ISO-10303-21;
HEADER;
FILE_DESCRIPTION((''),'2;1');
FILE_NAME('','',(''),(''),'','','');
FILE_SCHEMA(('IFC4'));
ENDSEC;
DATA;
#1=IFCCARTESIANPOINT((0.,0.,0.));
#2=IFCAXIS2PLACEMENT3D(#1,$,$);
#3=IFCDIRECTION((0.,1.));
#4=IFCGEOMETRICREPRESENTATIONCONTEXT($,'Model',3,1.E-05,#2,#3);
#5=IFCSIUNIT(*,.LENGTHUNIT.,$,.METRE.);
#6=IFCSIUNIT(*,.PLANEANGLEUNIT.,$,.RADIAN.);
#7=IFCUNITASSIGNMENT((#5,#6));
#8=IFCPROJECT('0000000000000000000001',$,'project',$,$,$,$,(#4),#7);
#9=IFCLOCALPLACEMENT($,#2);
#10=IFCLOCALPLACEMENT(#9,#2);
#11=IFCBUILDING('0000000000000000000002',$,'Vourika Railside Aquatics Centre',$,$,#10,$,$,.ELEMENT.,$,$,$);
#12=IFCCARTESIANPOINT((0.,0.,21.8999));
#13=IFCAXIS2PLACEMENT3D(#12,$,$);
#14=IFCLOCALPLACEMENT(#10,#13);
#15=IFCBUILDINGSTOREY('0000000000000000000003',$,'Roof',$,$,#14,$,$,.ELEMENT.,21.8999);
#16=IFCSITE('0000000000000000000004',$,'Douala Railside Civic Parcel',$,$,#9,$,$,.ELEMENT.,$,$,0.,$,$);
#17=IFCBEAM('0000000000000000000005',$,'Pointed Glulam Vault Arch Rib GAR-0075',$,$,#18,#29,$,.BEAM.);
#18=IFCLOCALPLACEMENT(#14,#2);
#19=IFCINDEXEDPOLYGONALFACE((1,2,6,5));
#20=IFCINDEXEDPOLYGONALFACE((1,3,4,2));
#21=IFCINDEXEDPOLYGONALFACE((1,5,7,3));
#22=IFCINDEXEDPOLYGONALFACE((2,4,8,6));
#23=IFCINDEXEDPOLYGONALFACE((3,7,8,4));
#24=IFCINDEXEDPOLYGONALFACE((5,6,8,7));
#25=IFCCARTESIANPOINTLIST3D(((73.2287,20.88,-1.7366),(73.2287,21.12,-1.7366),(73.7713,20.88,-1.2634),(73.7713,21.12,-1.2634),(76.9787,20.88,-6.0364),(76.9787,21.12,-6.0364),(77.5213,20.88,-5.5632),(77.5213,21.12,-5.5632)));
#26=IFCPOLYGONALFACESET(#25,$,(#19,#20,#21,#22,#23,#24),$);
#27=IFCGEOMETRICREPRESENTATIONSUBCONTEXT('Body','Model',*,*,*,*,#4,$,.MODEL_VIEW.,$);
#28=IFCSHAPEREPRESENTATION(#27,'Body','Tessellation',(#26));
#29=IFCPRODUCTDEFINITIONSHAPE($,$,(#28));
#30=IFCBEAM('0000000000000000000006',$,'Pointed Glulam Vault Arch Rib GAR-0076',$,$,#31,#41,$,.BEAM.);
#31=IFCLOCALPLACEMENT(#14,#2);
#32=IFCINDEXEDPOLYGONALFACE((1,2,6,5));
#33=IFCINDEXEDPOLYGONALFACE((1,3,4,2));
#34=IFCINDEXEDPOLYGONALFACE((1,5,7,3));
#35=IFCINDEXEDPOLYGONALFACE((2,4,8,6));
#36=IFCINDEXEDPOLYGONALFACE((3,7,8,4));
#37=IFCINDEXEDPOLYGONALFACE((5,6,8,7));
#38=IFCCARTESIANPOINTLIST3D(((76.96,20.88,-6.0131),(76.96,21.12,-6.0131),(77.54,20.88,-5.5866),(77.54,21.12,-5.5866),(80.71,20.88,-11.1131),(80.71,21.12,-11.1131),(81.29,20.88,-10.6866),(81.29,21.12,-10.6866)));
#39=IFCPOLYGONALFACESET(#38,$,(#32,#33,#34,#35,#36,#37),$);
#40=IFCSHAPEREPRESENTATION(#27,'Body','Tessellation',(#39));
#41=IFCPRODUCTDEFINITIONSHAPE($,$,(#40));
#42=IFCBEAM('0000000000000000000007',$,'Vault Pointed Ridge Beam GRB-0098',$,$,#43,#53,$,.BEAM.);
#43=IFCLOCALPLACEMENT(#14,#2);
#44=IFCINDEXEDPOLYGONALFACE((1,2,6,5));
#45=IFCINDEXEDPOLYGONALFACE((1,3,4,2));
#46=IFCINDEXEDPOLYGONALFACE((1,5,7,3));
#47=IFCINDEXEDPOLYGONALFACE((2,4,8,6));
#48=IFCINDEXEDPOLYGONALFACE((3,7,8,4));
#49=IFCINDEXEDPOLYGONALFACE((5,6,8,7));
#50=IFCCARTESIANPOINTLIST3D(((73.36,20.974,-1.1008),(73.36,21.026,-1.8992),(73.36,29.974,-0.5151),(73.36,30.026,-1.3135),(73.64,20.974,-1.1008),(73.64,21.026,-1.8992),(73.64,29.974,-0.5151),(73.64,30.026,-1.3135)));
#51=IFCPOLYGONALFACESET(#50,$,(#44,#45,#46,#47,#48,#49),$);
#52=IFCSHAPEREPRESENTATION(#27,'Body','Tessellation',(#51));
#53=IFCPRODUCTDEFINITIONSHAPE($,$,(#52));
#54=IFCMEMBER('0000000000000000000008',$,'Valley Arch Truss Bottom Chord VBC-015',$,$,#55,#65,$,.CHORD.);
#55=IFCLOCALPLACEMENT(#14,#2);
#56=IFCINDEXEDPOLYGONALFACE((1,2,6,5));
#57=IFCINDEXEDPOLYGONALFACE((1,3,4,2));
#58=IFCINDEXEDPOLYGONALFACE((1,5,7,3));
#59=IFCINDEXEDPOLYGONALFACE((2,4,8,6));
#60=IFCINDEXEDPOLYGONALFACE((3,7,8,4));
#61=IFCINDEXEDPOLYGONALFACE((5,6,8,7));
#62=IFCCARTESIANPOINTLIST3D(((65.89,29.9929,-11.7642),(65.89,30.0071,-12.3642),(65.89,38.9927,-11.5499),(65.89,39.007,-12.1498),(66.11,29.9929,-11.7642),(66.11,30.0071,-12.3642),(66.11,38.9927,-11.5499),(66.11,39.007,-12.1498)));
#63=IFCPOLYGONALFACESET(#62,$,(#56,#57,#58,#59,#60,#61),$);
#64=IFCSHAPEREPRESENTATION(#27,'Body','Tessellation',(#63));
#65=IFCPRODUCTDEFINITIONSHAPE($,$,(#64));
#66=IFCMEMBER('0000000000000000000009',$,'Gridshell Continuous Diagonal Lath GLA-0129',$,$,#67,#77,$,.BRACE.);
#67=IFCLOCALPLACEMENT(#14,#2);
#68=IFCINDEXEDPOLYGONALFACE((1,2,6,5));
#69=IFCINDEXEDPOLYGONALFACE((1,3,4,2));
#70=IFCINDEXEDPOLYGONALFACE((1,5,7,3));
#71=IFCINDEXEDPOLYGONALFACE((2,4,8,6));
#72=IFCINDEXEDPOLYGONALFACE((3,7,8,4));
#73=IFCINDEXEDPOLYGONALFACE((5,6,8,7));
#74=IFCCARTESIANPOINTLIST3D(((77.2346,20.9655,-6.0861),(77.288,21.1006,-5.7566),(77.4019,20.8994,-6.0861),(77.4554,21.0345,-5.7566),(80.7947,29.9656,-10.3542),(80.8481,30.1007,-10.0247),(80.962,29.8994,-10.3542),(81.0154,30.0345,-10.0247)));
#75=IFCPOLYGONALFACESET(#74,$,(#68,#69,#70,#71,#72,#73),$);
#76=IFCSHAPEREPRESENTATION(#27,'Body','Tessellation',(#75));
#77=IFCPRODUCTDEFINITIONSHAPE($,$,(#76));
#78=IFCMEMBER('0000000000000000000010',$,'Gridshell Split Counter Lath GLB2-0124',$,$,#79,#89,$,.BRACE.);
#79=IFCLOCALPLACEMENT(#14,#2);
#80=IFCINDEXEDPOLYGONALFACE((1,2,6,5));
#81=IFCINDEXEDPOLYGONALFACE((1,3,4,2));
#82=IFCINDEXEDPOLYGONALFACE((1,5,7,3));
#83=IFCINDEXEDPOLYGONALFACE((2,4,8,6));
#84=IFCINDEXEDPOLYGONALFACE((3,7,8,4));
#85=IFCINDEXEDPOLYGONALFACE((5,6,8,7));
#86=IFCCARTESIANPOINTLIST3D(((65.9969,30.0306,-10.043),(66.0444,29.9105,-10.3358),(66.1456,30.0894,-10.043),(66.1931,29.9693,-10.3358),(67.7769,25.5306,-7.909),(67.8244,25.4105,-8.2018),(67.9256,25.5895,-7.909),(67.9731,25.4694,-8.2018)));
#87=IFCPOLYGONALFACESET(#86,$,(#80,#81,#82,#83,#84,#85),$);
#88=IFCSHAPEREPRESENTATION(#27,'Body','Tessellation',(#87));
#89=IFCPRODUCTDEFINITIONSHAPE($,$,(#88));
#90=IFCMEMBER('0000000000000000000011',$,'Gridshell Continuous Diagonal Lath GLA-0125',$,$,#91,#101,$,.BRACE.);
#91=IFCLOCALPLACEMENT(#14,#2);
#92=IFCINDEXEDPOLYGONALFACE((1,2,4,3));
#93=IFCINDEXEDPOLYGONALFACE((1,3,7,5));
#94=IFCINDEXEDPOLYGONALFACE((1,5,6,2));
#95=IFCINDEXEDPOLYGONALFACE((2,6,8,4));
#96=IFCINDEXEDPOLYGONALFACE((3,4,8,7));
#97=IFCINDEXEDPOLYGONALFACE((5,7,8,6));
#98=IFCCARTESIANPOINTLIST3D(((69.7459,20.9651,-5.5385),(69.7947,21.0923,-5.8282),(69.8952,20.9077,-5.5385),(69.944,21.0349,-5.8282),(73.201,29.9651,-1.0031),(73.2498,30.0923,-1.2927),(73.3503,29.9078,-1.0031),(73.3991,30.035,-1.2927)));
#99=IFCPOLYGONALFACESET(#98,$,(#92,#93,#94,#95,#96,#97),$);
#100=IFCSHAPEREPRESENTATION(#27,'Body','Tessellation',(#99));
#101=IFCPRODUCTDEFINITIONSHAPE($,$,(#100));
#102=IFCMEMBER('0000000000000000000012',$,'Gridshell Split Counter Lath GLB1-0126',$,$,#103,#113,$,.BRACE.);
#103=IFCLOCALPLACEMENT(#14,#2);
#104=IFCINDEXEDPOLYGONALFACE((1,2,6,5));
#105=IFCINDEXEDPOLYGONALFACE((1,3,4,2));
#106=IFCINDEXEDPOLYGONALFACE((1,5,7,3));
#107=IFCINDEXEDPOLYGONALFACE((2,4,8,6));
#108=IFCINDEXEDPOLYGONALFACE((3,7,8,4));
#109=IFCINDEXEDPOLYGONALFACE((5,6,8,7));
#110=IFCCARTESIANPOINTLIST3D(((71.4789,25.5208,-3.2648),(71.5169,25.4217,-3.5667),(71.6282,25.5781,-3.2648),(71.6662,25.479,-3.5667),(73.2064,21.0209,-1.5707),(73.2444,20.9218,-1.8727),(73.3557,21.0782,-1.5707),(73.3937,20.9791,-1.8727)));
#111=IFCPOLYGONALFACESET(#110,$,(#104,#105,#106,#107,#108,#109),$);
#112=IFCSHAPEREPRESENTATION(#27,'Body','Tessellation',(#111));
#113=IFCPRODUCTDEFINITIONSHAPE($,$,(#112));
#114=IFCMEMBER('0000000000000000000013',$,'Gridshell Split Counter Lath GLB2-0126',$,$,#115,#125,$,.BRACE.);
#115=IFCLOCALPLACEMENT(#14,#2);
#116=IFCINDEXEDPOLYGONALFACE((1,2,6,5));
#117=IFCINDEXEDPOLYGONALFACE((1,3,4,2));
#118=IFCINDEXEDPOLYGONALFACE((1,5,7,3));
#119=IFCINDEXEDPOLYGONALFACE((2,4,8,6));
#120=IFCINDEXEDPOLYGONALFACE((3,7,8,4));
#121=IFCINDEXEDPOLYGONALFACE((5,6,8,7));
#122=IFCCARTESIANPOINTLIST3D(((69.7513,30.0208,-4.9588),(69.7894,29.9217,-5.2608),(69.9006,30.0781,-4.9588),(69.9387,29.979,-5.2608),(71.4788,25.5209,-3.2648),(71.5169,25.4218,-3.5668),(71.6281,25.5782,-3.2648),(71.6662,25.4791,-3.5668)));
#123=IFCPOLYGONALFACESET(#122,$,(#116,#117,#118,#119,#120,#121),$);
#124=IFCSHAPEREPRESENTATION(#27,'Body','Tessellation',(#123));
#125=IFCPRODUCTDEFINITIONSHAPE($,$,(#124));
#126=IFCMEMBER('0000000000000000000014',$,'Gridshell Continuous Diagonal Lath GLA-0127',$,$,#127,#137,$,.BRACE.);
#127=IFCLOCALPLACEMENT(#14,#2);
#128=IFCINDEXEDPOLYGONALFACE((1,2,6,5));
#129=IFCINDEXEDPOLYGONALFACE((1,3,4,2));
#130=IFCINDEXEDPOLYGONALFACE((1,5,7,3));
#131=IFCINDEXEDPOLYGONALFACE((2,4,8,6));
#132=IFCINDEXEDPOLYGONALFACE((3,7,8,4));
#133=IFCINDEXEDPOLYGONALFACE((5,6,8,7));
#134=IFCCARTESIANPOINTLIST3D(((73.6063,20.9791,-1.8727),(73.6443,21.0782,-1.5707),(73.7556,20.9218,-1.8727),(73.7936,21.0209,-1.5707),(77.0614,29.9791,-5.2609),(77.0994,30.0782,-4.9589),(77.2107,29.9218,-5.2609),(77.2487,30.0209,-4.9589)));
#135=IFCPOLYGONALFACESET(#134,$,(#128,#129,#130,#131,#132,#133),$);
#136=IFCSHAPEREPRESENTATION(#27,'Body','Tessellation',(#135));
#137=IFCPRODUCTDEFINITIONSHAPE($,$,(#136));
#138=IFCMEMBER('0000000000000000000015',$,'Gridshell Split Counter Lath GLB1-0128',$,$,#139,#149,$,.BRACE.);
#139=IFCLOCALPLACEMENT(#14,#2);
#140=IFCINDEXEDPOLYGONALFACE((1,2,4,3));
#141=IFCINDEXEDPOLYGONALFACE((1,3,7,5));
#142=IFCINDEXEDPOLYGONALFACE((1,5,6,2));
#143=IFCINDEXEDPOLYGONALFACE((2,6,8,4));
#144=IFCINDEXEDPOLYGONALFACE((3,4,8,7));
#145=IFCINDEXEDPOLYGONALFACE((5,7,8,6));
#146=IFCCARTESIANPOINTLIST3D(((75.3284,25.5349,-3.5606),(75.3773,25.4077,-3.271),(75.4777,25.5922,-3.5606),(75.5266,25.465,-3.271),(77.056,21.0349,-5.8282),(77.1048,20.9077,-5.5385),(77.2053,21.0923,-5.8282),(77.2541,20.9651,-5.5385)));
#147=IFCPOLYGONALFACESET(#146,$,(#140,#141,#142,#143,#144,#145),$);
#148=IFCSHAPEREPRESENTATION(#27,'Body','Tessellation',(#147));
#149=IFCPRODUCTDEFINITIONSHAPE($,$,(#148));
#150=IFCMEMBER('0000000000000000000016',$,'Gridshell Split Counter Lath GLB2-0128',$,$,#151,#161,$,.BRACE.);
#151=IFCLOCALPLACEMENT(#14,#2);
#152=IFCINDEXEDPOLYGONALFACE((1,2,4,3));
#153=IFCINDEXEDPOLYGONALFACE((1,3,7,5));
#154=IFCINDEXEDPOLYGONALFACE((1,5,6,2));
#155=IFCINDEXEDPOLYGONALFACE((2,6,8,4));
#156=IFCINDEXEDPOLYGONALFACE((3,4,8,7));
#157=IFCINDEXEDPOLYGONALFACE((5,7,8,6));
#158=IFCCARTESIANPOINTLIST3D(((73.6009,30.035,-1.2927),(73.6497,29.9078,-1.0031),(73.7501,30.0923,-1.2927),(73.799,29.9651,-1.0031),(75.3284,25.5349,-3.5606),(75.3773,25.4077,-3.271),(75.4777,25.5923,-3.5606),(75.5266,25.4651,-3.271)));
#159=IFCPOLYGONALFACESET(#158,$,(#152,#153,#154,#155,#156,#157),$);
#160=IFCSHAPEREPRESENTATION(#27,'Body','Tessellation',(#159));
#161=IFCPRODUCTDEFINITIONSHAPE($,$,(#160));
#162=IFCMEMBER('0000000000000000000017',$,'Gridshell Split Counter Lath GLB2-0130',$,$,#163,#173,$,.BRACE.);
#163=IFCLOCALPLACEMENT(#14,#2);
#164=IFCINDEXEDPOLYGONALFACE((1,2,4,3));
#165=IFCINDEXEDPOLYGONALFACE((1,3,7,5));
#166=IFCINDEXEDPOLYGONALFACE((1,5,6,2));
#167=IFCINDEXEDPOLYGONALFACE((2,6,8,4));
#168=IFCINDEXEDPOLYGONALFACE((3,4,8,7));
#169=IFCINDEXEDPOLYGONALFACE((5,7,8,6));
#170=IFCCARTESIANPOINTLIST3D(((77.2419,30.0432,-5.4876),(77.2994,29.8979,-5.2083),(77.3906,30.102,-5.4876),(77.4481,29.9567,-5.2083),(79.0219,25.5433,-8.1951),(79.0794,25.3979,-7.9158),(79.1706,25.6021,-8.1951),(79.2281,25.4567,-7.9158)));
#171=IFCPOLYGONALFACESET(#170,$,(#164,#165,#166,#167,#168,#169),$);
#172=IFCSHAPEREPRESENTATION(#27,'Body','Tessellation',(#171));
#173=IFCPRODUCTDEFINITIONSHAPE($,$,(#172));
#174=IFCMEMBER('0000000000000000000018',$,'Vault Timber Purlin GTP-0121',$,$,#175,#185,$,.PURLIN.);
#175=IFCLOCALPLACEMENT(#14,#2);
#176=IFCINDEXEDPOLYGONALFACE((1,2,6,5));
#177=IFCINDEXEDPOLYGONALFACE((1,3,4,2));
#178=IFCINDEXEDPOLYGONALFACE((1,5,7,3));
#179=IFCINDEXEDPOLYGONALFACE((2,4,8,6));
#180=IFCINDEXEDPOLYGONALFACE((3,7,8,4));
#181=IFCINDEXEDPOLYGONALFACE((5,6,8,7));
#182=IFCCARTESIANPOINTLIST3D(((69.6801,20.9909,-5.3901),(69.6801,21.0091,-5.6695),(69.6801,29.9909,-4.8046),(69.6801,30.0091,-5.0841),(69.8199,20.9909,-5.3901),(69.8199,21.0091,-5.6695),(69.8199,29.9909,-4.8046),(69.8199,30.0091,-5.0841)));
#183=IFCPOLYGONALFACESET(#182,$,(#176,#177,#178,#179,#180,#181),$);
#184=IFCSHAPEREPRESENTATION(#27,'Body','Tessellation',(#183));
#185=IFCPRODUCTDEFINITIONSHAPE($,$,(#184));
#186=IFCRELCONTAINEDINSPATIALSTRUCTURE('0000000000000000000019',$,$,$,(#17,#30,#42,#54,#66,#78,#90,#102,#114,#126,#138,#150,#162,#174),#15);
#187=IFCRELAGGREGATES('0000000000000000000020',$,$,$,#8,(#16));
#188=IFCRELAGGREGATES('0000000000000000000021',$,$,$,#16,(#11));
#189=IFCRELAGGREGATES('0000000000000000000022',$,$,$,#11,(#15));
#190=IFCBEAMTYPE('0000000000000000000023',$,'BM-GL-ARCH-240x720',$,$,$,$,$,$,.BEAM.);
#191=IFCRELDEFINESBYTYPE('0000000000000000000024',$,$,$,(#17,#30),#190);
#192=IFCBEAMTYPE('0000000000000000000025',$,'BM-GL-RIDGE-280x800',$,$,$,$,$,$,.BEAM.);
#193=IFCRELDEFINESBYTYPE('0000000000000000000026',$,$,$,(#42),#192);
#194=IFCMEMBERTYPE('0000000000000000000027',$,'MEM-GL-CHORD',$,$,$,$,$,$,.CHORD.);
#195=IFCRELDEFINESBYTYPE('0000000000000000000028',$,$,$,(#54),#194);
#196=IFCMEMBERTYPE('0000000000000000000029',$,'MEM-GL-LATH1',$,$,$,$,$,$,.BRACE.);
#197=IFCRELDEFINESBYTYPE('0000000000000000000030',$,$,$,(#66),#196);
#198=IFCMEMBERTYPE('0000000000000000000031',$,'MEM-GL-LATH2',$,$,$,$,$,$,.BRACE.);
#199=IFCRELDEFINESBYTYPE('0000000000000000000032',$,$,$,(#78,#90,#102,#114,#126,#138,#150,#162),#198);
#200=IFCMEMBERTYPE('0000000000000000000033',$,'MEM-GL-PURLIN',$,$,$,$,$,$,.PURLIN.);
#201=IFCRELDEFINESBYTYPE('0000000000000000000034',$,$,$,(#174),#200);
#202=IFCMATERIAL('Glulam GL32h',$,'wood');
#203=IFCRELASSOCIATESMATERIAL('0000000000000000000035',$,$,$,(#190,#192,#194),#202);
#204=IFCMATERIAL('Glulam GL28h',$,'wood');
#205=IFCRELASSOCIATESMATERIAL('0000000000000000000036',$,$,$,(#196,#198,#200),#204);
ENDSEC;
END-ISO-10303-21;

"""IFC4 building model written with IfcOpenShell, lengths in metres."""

from ifc_helpers import new_model, si_unit, direction, frame, origin, origin_2d, place, context, subcontext, project, spatial, rectangle, extrude, material, material_profile, profile_set, type_object, element, save


model = new_model("IFC4")

# Units and contexts
model_context = context("Model", 3, precision=1e-05, world=origin(), true_north=direction((0.0, 1.0)))
body_context = subcontext(model_context, "Body", "Model", "MODEL_VIEW")
ifc_project = project(units=[si_unit("LENGTHUNIT", "METRE"), si_unit("PLANEANGLEUNIT", "RADIAN")], contexts=[model_context])

# Site, building, storey
site_placement = place(None, origin())
site = spatial("IfcSite", under=ifc_project, at=site_placement, Name="Douala Railside Civic Parcel", CompositionType="ELEMENT", RefElevation=0.0)
building_placement = place(site_placement, origin())
building = spatial("IfcBuilding", under=site, at=building_placement, Name="Vourika Railside Aquatics Centre", CompositionType="ELEMENT")
storey_placement = place(building_placement, frame((0.0, 0.0, 21.8999)))
storey = spatial("IfcBuildingStorey", under=building, at=storey_placement, Name="Roof", CompositionType="ELEMENT", Elevation=21.8999)

# Beams
ifc_material_1 = material(Name="Glulam GL32h", Category="wood")
ifc_material_profile_1 = material_profile(ifc_material_1, rectangle(XDim=0.24, YDim=0.72, at=origin_2d()), Name="GL32h 240x720")
ifc_profile_set_1 = profile_set([ifc_material_profile_1], Name="Glulam GL32h")
beam_type_1 = type_object("IfcBeamType", Name="BM-GL-ARCH-240x720", PredefinedType="BEAM", material=ifc_profile_set_1)
beam_1_placement = place(storey_placement, frame((73.5, 21.0, -1.5), z_axis=(0.65728, 0.0, -0.753647), x_axis=(0.0, 1.0, 0.0)))
element("IfcBeam", 1, at=beam_1_placement, inside=storey, type_object=beam_type_1, Name="Pointed Glulam Vault Arch Rib GAR-0075", PredefinedType="BEAM", context=body_context, shape_type="SweptSolid", body=[
    extrude(rectangle(XDim=0.24, YDim=0.72, at=origin_2d()), origin(), (0.0, 0.0, 1.0), 5.7053),
])
beam_2_placement = place(storey_placement, frame((77.25, 21.0, -5.7998), z_axis=(0.592383, 0.0, -0.805656), x_axis=(0.0, 1.0, 0.0)))
element("IfcBeam", 2, at=beam_2_placement, inside=storey, type_object=beam_type_1, Name="Pointed Glulam Vault Arch Rib GAR-0076", PredefinedType="BEAM", context=body_context, shape_type="SweptSolid", body=[
    extrude(rectangle(XDim=0.24, YDim=0.72, at=origin_2d()), origin(), (0.0, 0.0, 1.0), 6.3303),
])
ifc_material_profile_2 = material_profile(ifc_material_1, rectangle(XDim=0.28, YDim=0.8, at=origin_2d()), Name="GL32h 280x800")
ifc_profile_set_2 = profile_set([ifc_material_profile_2], Name="Glulam GL32h")
beam_type_2 = type_object("IfcBeamType", Name="BM-GL-RIDGE-280x800", PredefinedType="BEAM", material=ifc_profile_set_2)
beam_3_placement = place(storey_placement, frame((73.5, 21.0, -1.5), z_axis=(0.0, 0.997889, 0.06494), x_axis=(-1.0, 0.0, 0.0)))
element("IfcBeam", 3, at=beam_3_placement, inside=storey, type_object=beam_type_2, Name="Vault Pointed Ridge Beam GRB-0098", PredefinedType="BEAM", context=body_context, shape_type="SweptSolid", body=[
    extrude(rectangle(XDim=0.28, YDim=0.8, at=origin_2d()), origin(), (0.0, 0.0, 1.0), 9.019),
])

# Members
ifc_material_profile_3 = material_profile(ifc_material_1, rectangle(XDim=0.22, YDim=0.6001, at=origin_2d()), Name="GL32h 220x600")
ifc_profile_set_3 = profile_set([ifc_material_profile_3], Name="Glulam GL32h")
member_type_1 = type_object("IfcMemberType", Name="MEM-GL-CHORD", PredefinedType="CHORD", material=ifc_profile_set_3)
member_1_placement = place(storey_placement, frame((66.0, 30.0, -12.0642), z_axis=(0.0, 0.999716, 0.023811), x_axis=(-1.0, 0.0, 0.0)))
element("IfcMember", 4, at=member_1_placement, inside=storey, type_object=member_type_1, Name="Valley Arch Truss Bottom Chord VBC-015", PredefinedType="CHORD", context=body_context, shape_type="SweptSolid", body=[
    extrude(rectangle(XDim=0.22, YDim=0.6001, at=origin_2d()), origin(), (0.0, 0.0, 1.0), 9.0024),
])
ifc_material_2 = material(Name="Glulam GL28h", Category="wood")
ifc_material_profile_4 = material_profile(ifc_material_2, rectangle(XDim=0.1799, YDim=0.3601, at=origin_2d()), Name="GL28h 180x360")
ifc_profile_set_4 = profile_set([ifc_material_profile_4], Name="Glulam GL28h")
member_type_2 = type_object("IfcMemberType", Name="MEM-GL-LATH1", PredefinedType="BRACE", material=ifc_profile_set_4)
member_2_placement = place(storey_placement, frame((77.345, 21.0, -5.9214), z_axis=(0.336559, 0.850836, -0.403492), x_axis=(-0.929893, 0.36783, 0.0)))
element("IfcMember", 5, at=member_2_placement, inside=storey, type_object=member_type_2, Name="Gridshell Continuous Diagonal Lath GLA-0129", PredefinedType="BRACE", context=body_context, shape_type="SweptSolid", body=[
    extrude(rectangle(XDim=0.1799, YDim=0.3601, at=origin_2d()), origin(), (0.0, 0.0, 1.0), 10.5779),
])
ifc_material_profile_5 = material_profile(ifc_material_2, rectangle(XDim=0.1599, YDim=0.3201, at=origin_2d()), Name="GL28h 160x320")
ifc_profile_set_5 = profile_set([ifc_material_profile_5], Name="Glulam GL28h")
member_type_3 = type_object("IfcMemberType", Name="MEM-GL-LATH2", PredefinedType="BRACE", material=ifc_profile_set_5)
member_3_placement = place(storey_placement, frame((67.875, 25.5, -8.0554), z_axis=(-0.336559, 0.850836, -0.403492), x_axis=(-0.929893, -0.36783, 0.0)))
element("IfcMember", 6, at=member_3_placement, inside=storey, type_object=member_type_3, Name="Gridshell Split Counter Lath GLB2-0124", PredefinedType="BRACE", context=body_context, shape_type="SweptSolid", body=[
    extrude(rectangle(XDim=0.1599, YDim=0.3201, at=origin_2d()), origin(), (0.0, 0.0, 1.0), 5.2888),
])
member_4_placement = place(storey_placement, frame((69.845, 21.0, -5.6833), z_axis=(0.324299, 0.844754, 0.4257), x_axis=(-0.93357, 0.358395, 0.0)))
element("IfcMember", 7, at=member_4_placement, inside=storey, type_object=member_type_3, Name="Gridshell Continuous Diagonal Lath GLA-0125", PredefinedType="BRACE", context=body_context, shape_type="SweptSolid", body=[
    extrude(rectangle(XDim=0.1599, YDim=0.3201, at=origin_2d()), origin(), (0.0, 0.0, 1.0), 10.6541),
])
for number, where, z_axis, x_axis, name in (
    (8, (73.3, 21.0, -1.7217), (-0.338121, 0.880757, -0.331574), (-0.93357, -0.358395, 0.0), "Gridshell Split Counter Lath GLB1-0126"),
    (9, (71.5725, 25.5, -3.4158), (-0.338121, 0.880757, -0.331574), (-0.93357, -0.358395, 0.0), "Gridshell Split Counter Lath GLB2-0126"),
):
    element("IfcMember", number, at=place(storey_placement, frame(where, z_axis=z_axis, x_axis=x_axis)), inside=storey, type_object=member_type_3, Name=name, PredefinedType="BRACE", context=body_context, shape_type="SweptSolid", body=[
        extrude(rectangle(XDim=0.1599, YDim=0.3201, at=origin_2d()), origin(), (0.0, 0.0, 1.0), 5.1091),
    ])
member_5_placement = place(storey_placement, frame((73.7, 21.0, -1.7217), z_axis=(0.338121, 0.880757, -0.331574), x_axis=(-0.93357, 0.358395, 0.0)))
element("IfcMember", 10, at=member_5_placement, inside=storey, type_object=member_type_3, Name="Gridshell Continuous Diagonal Lath GLA-0127", PredefinedType="BRACE", context=body_context, shape_type="SweptSolid", body=[
    extrude(rectangle(XDim=0.1599, YDim=0.3201, at=origin_2d()), origin(), (0.0, 0.0, 1.0), 10.2185),
])
member_6_placement = place(storey_placement, frame((77.155, 21.0, -5.6833), z_axis=(-0.324302, 0.844762, 0.425681), x_axis=(-0.93357, -0.358395, 0.0)))
element("IfcMember", 11, at=member_6_placement, inside=storey, type_object=member_type_3, Name="Gridshell Split Counter Lath GLB1-0128", PredefinedType="BRACE", context=body_context, shape_type="SweptSolid", body=[
    extrude(rectangle(XDim=0.1599, YDim=0.3201, at=origin_2d()), origin(), (0.0, 0.0, 1.0), 5.3269),
])
member_7_placement = place(storey_placement, frame((75.4275, 25.5, -3.4158), z_axis=(-0.324296, 0.844746, 0.425719), x_axis=(-0.93357, -0.358395, 0.0)))
element("IfcMember", 12, at=member_7_placement, inside=storey, type_object=member_type_3, Name="Gridshell Split Counter Lath GLB2-0128", PredefinedType="BRACE", context=body_context, shape_type="SweptSolid", body=[
    extrude(rectangle(XDim=0.1599, YDim=0.3201, at=origin_2d()), origin(), (0.0, 0.0, 1.0), 5.3271),
])
member_8_placement = place(storey_placement, frame((79.125, 25.5, -8.0554), z_axis=(-0.321004, 0.811514, 0.488264), x_axis=(-0.929893, -0.36783, 0.0)))
element("IfcMember", 13, at=member_8_placement, inside=storey, type_object=member_type_3, Name="Gridshell Split Counter Lath GLB2-0130", PredefinedType="BRACE", context=body_context, shape_type="SweptSolid", body=[
    extrude(rectangle(XDim=0.1599, YDim=0.3201, at=origin_2d()), origin(), (0.0, 0.0, 1.0), 5.5452),
])
ifc_material_profile_6 = material_profile(ifc_material_2, rectangle(XDim=0.1399, YDim=0.28, at=origin_2d()), Name="GL28h 140x280")
ifc_profile_set_6 = profile_set([ifc_material_profile_6], Name="Glulam GL28h")
member_type_4 = type_object("IfcMemberType", Name="MEM-GL-PURLIN", PredefinedType="PURLIN", material=ifc_profile_set_6)
for number, where, z_axis, x_axis, name in (
    (14, (69.75, 21.0, -5.5298), (0.0, 0.997891, 0.064913), (-1.0, 0.0, 0.0), "Vault Timber Purlin GTP-0121"),
):
    element("IfcMember", number, at=place(storey_placement, frame(where, z_axis=z_axis, x_axis=x_axis)), inside=storey, type_object=member_type_4, Name=name, PredefinedType="PURLIN", context=body_context, shape_type="SweptSolid", body=[
        extrude(rectangle(XDim=0.1399, YDim=0.28, at=origin_2d()), origin(), (0.0, 0.0, 1.0), 9.019),
    ])

save(model, "model.ifc")
